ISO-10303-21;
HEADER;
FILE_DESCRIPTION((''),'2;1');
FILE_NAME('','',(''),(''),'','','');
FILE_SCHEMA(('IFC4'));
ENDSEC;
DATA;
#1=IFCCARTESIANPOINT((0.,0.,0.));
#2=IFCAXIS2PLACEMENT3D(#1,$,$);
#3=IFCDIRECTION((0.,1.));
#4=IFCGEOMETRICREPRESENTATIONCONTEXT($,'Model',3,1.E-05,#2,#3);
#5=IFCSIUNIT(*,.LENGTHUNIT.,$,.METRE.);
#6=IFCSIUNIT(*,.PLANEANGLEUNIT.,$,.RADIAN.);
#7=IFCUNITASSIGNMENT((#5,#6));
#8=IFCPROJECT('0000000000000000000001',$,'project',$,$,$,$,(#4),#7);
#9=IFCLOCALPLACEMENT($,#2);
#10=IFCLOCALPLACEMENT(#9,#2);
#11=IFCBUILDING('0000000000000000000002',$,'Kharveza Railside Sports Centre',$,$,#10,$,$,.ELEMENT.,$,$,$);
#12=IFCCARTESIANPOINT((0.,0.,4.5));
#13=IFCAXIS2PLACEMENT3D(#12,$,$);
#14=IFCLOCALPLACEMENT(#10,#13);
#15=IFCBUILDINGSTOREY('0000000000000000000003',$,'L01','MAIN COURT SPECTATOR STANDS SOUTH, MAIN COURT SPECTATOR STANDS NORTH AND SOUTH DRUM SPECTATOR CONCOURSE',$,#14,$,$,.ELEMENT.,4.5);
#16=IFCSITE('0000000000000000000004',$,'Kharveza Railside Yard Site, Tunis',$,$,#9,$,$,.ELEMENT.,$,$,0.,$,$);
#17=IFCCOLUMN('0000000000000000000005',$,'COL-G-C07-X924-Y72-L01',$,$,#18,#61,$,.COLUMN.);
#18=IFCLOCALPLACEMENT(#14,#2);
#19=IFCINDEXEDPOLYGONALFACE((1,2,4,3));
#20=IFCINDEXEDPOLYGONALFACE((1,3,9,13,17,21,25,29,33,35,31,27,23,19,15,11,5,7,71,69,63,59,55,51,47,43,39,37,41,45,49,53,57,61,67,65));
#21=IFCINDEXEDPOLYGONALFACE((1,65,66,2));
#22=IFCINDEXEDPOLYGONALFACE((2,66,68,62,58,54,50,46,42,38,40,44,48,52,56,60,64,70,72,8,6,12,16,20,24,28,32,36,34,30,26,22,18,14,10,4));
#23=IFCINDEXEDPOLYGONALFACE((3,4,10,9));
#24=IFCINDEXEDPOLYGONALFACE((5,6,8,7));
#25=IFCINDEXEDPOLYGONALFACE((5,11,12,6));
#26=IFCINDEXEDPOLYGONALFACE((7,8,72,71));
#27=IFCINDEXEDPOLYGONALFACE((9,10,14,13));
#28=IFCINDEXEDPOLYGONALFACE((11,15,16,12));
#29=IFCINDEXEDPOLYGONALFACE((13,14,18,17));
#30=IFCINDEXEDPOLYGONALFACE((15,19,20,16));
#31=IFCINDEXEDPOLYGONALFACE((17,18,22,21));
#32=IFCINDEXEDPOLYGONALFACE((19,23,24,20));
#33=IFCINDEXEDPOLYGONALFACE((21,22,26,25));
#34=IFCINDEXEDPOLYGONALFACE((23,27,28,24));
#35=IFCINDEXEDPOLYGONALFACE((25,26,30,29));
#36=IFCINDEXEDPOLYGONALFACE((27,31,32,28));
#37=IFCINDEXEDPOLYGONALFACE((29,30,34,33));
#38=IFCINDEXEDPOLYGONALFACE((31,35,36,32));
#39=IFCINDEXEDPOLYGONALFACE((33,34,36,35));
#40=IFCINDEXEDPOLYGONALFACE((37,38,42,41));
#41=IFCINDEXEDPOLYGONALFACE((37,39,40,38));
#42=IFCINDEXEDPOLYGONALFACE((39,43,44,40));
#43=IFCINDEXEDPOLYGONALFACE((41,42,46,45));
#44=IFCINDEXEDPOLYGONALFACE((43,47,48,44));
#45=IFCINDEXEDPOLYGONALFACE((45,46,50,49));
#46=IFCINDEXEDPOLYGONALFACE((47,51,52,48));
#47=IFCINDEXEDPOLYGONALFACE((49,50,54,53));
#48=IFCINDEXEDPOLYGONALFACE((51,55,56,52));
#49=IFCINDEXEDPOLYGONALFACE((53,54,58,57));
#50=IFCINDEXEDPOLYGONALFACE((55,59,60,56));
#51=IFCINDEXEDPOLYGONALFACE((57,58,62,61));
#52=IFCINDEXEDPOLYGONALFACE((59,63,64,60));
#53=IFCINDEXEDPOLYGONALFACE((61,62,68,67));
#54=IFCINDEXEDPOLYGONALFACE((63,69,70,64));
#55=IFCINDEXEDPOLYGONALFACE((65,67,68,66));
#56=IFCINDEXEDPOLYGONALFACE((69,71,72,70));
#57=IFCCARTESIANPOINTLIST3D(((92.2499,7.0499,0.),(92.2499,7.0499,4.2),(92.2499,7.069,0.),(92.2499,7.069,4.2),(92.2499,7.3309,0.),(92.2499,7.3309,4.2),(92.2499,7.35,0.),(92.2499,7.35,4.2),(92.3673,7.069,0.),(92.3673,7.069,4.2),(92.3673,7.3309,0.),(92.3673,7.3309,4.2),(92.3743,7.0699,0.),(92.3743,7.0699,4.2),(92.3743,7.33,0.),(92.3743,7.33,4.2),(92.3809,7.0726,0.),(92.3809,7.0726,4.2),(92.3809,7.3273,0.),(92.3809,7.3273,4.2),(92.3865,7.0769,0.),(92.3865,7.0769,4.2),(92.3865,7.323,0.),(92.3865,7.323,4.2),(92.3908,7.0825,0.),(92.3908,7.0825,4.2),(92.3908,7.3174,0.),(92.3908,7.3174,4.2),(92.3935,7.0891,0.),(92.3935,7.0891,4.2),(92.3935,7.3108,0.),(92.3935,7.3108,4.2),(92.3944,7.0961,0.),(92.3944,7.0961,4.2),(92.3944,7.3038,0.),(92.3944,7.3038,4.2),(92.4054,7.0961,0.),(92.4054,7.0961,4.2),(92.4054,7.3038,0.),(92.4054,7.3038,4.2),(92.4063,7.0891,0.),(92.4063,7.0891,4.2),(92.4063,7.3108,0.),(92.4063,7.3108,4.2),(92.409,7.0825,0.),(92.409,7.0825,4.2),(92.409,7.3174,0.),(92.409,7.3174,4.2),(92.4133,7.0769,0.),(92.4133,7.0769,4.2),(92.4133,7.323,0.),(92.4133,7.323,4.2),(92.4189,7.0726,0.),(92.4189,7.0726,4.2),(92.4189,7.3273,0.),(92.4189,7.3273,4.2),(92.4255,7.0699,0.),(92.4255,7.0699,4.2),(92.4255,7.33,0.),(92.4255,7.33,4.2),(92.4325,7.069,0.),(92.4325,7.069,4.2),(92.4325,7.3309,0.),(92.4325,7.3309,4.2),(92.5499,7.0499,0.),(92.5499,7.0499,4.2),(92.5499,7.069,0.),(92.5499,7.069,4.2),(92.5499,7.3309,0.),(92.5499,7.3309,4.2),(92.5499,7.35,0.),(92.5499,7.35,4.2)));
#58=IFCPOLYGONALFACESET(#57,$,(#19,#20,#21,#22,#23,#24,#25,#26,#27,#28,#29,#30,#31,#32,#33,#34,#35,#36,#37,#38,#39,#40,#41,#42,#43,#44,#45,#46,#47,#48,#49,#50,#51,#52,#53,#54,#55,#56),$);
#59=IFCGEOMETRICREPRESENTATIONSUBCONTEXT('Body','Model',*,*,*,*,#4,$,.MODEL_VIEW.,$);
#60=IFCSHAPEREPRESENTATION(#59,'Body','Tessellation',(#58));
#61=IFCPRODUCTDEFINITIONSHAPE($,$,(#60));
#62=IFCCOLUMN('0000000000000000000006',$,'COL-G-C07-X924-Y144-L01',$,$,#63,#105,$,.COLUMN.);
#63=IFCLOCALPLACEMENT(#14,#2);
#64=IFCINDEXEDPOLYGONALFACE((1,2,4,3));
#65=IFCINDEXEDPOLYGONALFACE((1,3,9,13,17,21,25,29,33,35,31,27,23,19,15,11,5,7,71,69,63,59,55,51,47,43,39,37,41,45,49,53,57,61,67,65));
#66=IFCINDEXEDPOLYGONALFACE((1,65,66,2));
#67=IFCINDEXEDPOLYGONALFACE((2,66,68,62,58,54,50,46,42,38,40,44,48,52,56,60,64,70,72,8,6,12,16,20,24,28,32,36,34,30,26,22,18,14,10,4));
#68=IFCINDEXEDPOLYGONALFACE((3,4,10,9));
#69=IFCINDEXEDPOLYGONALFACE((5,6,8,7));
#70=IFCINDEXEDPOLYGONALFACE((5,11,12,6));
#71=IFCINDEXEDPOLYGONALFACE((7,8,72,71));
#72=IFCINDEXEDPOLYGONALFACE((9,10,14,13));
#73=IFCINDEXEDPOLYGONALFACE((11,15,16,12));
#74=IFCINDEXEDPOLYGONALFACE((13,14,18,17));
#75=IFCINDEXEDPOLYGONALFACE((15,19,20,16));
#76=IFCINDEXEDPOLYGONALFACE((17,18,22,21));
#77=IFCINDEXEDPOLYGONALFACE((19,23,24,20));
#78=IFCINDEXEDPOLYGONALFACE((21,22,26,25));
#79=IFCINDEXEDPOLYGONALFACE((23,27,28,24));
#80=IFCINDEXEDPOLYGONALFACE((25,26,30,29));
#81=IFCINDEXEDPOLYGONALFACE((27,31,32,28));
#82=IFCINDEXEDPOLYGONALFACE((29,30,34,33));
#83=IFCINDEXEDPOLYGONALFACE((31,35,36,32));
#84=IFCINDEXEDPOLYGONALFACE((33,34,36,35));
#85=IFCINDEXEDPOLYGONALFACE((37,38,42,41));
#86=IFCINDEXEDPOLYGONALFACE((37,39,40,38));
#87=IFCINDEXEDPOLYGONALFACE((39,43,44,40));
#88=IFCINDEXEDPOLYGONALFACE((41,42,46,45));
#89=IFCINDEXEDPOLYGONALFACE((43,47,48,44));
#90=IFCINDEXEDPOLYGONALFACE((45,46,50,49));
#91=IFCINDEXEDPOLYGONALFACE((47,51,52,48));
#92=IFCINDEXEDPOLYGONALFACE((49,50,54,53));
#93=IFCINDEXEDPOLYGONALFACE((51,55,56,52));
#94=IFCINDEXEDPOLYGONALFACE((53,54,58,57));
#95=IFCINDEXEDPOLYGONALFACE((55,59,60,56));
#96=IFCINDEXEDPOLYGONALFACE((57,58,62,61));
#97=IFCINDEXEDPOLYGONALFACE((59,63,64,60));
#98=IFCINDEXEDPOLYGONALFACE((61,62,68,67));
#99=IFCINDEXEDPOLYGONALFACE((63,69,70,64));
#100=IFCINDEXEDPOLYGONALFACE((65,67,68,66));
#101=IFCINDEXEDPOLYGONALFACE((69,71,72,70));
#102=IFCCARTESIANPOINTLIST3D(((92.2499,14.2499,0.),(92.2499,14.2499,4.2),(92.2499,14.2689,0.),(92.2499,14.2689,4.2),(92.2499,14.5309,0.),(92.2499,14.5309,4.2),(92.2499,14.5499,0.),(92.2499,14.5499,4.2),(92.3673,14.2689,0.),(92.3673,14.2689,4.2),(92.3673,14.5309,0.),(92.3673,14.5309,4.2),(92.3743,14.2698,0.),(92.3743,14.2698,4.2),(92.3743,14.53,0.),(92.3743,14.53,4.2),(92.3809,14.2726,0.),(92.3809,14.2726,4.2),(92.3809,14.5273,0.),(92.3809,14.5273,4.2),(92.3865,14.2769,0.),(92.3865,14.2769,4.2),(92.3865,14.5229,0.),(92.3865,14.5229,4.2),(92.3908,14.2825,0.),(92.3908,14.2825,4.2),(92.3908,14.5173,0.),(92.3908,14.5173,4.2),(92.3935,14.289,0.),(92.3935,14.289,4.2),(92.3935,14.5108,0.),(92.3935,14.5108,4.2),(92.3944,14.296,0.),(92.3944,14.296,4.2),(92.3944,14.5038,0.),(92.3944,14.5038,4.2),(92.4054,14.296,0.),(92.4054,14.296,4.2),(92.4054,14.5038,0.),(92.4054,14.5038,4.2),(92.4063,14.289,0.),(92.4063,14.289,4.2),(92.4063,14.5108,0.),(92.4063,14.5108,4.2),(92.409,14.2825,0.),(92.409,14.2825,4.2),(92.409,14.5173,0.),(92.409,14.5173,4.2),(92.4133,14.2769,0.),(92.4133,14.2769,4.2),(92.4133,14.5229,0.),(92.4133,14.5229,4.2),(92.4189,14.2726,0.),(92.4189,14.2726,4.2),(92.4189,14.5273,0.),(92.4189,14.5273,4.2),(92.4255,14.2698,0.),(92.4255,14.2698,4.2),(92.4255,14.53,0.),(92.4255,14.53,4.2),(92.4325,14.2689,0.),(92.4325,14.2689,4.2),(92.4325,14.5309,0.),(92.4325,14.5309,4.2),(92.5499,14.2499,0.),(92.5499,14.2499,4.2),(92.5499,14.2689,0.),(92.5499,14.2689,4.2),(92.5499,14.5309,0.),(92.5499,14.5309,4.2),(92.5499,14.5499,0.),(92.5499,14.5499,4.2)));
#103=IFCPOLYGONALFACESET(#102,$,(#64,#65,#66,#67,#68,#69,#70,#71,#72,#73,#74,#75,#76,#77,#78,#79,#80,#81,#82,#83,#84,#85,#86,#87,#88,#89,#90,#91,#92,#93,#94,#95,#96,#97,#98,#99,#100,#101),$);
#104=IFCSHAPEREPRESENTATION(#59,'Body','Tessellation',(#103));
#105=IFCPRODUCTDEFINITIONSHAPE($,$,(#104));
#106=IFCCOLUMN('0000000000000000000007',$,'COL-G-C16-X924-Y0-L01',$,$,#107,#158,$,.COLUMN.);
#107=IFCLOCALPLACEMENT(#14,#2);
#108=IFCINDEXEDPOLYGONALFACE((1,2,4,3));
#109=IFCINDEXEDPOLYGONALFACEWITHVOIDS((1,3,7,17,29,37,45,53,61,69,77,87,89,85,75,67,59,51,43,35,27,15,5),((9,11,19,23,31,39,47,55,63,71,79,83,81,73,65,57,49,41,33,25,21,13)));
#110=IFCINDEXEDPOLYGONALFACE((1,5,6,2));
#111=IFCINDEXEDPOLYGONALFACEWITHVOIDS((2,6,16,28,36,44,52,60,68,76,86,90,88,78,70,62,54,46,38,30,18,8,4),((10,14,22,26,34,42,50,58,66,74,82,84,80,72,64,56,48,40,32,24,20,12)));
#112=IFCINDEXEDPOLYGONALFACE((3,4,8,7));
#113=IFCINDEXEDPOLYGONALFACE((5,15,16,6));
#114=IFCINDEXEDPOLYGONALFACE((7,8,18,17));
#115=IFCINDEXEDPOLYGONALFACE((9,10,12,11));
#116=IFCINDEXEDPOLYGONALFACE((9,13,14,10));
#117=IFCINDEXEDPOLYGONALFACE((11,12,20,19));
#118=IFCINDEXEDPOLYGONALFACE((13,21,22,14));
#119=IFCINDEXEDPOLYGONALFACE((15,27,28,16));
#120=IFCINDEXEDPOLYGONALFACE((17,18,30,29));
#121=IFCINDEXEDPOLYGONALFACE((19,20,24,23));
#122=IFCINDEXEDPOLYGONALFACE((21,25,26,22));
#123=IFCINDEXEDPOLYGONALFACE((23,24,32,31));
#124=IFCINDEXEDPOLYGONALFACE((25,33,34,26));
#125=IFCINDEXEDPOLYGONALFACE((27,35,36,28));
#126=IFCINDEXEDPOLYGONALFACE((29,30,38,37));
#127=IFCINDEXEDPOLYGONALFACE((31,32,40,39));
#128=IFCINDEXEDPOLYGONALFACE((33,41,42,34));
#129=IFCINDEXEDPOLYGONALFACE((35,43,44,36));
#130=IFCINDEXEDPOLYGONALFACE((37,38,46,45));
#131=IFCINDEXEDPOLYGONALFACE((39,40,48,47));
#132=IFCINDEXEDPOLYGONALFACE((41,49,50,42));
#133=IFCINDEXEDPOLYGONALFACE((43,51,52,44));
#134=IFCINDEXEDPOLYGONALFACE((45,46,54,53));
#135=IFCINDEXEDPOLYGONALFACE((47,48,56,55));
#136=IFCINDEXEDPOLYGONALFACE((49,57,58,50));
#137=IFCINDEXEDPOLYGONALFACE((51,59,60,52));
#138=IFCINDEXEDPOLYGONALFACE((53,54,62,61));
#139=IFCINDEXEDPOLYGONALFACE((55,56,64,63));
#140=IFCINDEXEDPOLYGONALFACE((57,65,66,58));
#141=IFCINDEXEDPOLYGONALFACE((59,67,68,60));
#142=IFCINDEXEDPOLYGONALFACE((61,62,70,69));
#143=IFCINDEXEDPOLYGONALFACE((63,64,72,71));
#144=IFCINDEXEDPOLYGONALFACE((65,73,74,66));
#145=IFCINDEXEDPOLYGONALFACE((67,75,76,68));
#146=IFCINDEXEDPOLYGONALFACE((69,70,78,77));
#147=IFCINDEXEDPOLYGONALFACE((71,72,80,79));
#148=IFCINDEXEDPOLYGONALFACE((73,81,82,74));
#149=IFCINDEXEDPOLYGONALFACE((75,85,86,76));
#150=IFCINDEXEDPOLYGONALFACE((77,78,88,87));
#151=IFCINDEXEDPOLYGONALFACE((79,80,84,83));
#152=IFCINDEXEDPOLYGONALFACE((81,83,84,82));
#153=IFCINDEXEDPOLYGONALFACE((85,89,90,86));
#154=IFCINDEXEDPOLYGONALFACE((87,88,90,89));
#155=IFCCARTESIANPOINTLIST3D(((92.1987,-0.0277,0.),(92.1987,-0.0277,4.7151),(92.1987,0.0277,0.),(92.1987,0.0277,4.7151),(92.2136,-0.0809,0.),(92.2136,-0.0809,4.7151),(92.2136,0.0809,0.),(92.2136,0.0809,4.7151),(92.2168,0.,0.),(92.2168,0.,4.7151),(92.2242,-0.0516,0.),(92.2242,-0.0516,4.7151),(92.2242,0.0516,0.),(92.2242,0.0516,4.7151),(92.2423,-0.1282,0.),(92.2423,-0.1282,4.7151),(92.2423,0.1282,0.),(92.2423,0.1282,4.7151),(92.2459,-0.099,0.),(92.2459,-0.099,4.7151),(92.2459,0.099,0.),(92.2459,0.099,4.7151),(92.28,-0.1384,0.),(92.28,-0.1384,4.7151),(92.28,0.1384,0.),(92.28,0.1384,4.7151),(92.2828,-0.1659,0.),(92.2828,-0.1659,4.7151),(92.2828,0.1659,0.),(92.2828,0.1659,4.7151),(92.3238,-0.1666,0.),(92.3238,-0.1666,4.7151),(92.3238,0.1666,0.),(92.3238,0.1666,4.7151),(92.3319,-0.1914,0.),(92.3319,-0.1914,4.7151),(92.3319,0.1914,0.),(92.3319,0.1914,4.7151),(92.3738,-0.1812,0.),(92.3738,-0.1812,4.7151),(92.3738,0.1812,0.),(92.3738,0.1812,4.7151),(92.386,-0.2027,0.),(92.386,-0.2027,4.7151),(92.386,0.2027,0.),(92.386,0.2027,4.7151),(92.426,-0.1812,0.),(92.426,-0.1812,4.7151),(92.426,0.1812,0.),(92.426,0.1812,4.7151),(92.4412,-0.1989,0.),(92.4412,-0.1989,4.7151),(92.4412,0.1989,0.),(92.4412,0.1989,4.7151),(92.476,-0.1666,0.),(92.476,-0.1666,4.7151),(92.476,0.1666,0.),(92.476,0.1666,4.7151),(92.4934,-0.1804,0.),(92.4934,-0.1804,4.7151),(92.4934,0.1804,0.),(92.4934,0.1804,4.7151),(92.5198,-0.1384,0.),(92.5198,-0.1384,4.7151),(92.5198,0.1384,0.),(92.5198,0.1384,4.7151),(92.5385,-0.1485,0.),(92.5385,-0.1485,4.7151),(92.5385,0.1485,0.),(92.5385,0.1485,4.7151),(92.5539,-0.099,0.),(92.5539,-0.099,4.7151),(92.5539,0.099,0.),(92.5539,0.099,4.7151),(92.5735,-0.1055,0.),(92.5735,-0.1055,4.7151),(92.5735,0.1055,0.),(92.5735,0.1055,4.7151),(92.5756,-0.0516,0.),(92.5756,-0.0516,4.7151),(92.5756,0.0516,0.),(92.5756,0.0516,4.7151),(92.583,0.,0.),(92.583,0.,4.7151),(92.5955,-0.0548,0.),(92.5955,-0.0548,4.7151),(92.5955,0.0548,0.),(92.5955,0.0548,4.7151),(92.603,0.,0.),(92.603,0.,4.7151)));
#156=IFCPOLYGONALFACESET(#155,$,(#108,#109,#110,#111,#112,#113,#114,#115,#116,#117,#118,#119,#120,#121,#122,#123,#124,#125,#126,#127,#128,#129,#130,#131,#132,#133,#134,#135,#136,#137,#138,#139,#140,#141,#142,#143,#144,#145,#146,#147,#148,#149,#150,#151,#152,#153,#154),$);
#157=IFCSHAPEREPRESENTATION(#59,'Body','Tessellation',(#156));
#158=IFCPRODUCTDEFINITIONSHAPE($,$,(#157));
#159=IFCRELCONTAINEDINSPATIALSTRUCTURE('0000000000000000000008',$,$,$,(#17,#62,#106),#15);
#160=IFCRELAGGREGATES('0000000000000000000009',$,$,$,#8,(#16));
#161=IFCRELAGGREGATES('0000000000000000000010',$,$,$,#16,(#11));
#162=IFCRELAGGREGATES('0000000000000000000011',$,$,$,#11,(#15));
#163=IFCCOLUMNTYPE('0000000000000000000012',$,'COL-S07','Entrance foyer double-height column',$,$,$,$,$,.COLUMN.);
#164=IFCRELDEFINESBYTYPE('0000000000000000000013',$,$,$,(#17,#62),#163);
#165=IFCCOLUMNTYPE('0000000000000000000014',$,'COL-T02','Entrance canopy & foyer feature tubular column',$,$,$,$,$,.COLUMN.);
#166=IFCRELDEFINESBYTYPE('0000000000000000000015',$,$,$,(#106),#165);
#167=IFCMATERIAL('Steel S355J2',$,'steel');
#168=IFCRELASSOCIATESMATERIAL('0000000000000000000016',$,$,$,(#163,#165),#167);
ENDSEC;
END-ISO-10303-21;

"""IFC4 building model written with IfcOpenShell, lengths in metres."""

from ifc_helpers import new_model, si_unit, direction, frame, origin, origin_2d, place, context, subcontext, project, spatial, hollow_circle, i_section, extrude, material, material_profile, profile_set, type_object, element, save


model = new_model("IFC4")

# Units and contexts
model_context = context("Model", 3, precision=1e-05, world=origin(), true_north=direction((0.0, 1.0)))
body_context = subcontext(model_context, "Body", "Model", "MODEL_VIEW")
ifc_project = project(units=[si_unit("LENGTHUNIT", "METRE"), si_unit("PLANEANGLEUNIT", "RADIAN")], contexts=[model_context])

# Site, building, storey
site_placement = place(None, origin())
site = spatial("IfcSite", under=ifc_project, at=site_placement, Name="Kharveza Railside Yard Site, Tunis", CompositionType="ELEMENT", RefElevation=0.0)
building_placement = place(site_placement, origin())
building = spatial("IfcBuilding", under=site, at=building_placement, Name="Kharveza Railside Sports Centre", CompositionType="ELEMENT")
storey_placement = place(building_placement, frame((0.0, 0.0, 4.5)))
storey = spatial("IfcBuildingStorey", under=building, at=storey_placement, Name="L01", Description="MAIN COURT SPECTATOR STANDS SOUTH, MAIN COURT SPECTATOR STANDS NORTH AND SOUTH DRUM SPECTATOR CONCOURSE", CompositionType="ELEMENT", Elevation=4.5)

# Columns
ifc_material_1 = material(Name="Steel S355J2", Category="steel")
ifc_material_profile_1 = material_profile(ifc_material_1, i_section(OverallWidth=0.3, OverallDepth=0.3, WebThickness=0.011, FlangeThickness=0.019, FilletRadius=0.0271, at=origin_2d()), Name="HEB 300")
ifc_profile_set_1 = profile_set([ifc_material_profile_1], Name="Steel S355J2")
column_type_1 = type_object("IfcColumnType", Name="COL-S07", Description="Entrance foyer double-height column", PredefinedType="COLUMN", material=ifc_profile_set_1)
for number, where, z_axis, x_axis, name in (
    (1, (92.3999, 7.2, 0.0), (0.0, 0.0, 1.0), (1.0, 0.0, 0.0), "COL-G-C07-X924-Y72-L01"),
    (2, (92.3999, 14.3999, 0.0), (0.0, 0.0, 1.0), (1.0, 0.0, 0.0), "COL-G-C07-X924-Y144-L01"),
):
    element("IfcColumn", number, at=place(storey_placement, frame(where, z_axis=z_axis, x_axis=x_axis)), inside=storey, type_object=column_type_1, Name=name, PredefinedType="COLUMN", context=body_context, shape_type="SweptSolid", body=[
        extrude(i_section(OverallWidth=0.3, OverallDepth=0.3, WebThickness=0.011, FlangeThickness=0.019, FilletRadius=0.0271, at=origin_2d()), origin(), (0.0, 0.0, 1.0), 4.2),
    ])
ifc_material_profile_2 = material_profile(ifc_material_1, hollow_circle(Radius=0.2031, WallThickness=0.02, at=origin_2d()), Name="CHS 406.4x20.0")
ifc_profile_set_2 = profile_set([ifc_material_profile_2], Name="Steel S355J2")
column_type_2 = type_object("IfcColumnType", Name="COL-T02", Description="Entrance canopy & foyer feature tubular column", PredefinedType="COLUMN", material=ifc_profile_set_2)
column_placement = place(storey_placement, frame((92.3999, 0.0, 0.0), z_axis=(0.0, 0.0, 1.0), x_axis=(1.0, 0.0, 0.0)))
element("IfcColumn", 3, at=column_placement, inside=storey, type_object=column_type_2, Name="COL-G-C16-X924-Y0-L01", PredefinedType="COLUMN", context=body_context, shape_type="SweptSolid", body=[
    extrude(hollow_circle(Radius=0.2031, WallThickness=0.02, at=origin_2d()), origin(), (0.0, 0.0, 1.0), 4.7151),
])

save(model, "model.ifc")
